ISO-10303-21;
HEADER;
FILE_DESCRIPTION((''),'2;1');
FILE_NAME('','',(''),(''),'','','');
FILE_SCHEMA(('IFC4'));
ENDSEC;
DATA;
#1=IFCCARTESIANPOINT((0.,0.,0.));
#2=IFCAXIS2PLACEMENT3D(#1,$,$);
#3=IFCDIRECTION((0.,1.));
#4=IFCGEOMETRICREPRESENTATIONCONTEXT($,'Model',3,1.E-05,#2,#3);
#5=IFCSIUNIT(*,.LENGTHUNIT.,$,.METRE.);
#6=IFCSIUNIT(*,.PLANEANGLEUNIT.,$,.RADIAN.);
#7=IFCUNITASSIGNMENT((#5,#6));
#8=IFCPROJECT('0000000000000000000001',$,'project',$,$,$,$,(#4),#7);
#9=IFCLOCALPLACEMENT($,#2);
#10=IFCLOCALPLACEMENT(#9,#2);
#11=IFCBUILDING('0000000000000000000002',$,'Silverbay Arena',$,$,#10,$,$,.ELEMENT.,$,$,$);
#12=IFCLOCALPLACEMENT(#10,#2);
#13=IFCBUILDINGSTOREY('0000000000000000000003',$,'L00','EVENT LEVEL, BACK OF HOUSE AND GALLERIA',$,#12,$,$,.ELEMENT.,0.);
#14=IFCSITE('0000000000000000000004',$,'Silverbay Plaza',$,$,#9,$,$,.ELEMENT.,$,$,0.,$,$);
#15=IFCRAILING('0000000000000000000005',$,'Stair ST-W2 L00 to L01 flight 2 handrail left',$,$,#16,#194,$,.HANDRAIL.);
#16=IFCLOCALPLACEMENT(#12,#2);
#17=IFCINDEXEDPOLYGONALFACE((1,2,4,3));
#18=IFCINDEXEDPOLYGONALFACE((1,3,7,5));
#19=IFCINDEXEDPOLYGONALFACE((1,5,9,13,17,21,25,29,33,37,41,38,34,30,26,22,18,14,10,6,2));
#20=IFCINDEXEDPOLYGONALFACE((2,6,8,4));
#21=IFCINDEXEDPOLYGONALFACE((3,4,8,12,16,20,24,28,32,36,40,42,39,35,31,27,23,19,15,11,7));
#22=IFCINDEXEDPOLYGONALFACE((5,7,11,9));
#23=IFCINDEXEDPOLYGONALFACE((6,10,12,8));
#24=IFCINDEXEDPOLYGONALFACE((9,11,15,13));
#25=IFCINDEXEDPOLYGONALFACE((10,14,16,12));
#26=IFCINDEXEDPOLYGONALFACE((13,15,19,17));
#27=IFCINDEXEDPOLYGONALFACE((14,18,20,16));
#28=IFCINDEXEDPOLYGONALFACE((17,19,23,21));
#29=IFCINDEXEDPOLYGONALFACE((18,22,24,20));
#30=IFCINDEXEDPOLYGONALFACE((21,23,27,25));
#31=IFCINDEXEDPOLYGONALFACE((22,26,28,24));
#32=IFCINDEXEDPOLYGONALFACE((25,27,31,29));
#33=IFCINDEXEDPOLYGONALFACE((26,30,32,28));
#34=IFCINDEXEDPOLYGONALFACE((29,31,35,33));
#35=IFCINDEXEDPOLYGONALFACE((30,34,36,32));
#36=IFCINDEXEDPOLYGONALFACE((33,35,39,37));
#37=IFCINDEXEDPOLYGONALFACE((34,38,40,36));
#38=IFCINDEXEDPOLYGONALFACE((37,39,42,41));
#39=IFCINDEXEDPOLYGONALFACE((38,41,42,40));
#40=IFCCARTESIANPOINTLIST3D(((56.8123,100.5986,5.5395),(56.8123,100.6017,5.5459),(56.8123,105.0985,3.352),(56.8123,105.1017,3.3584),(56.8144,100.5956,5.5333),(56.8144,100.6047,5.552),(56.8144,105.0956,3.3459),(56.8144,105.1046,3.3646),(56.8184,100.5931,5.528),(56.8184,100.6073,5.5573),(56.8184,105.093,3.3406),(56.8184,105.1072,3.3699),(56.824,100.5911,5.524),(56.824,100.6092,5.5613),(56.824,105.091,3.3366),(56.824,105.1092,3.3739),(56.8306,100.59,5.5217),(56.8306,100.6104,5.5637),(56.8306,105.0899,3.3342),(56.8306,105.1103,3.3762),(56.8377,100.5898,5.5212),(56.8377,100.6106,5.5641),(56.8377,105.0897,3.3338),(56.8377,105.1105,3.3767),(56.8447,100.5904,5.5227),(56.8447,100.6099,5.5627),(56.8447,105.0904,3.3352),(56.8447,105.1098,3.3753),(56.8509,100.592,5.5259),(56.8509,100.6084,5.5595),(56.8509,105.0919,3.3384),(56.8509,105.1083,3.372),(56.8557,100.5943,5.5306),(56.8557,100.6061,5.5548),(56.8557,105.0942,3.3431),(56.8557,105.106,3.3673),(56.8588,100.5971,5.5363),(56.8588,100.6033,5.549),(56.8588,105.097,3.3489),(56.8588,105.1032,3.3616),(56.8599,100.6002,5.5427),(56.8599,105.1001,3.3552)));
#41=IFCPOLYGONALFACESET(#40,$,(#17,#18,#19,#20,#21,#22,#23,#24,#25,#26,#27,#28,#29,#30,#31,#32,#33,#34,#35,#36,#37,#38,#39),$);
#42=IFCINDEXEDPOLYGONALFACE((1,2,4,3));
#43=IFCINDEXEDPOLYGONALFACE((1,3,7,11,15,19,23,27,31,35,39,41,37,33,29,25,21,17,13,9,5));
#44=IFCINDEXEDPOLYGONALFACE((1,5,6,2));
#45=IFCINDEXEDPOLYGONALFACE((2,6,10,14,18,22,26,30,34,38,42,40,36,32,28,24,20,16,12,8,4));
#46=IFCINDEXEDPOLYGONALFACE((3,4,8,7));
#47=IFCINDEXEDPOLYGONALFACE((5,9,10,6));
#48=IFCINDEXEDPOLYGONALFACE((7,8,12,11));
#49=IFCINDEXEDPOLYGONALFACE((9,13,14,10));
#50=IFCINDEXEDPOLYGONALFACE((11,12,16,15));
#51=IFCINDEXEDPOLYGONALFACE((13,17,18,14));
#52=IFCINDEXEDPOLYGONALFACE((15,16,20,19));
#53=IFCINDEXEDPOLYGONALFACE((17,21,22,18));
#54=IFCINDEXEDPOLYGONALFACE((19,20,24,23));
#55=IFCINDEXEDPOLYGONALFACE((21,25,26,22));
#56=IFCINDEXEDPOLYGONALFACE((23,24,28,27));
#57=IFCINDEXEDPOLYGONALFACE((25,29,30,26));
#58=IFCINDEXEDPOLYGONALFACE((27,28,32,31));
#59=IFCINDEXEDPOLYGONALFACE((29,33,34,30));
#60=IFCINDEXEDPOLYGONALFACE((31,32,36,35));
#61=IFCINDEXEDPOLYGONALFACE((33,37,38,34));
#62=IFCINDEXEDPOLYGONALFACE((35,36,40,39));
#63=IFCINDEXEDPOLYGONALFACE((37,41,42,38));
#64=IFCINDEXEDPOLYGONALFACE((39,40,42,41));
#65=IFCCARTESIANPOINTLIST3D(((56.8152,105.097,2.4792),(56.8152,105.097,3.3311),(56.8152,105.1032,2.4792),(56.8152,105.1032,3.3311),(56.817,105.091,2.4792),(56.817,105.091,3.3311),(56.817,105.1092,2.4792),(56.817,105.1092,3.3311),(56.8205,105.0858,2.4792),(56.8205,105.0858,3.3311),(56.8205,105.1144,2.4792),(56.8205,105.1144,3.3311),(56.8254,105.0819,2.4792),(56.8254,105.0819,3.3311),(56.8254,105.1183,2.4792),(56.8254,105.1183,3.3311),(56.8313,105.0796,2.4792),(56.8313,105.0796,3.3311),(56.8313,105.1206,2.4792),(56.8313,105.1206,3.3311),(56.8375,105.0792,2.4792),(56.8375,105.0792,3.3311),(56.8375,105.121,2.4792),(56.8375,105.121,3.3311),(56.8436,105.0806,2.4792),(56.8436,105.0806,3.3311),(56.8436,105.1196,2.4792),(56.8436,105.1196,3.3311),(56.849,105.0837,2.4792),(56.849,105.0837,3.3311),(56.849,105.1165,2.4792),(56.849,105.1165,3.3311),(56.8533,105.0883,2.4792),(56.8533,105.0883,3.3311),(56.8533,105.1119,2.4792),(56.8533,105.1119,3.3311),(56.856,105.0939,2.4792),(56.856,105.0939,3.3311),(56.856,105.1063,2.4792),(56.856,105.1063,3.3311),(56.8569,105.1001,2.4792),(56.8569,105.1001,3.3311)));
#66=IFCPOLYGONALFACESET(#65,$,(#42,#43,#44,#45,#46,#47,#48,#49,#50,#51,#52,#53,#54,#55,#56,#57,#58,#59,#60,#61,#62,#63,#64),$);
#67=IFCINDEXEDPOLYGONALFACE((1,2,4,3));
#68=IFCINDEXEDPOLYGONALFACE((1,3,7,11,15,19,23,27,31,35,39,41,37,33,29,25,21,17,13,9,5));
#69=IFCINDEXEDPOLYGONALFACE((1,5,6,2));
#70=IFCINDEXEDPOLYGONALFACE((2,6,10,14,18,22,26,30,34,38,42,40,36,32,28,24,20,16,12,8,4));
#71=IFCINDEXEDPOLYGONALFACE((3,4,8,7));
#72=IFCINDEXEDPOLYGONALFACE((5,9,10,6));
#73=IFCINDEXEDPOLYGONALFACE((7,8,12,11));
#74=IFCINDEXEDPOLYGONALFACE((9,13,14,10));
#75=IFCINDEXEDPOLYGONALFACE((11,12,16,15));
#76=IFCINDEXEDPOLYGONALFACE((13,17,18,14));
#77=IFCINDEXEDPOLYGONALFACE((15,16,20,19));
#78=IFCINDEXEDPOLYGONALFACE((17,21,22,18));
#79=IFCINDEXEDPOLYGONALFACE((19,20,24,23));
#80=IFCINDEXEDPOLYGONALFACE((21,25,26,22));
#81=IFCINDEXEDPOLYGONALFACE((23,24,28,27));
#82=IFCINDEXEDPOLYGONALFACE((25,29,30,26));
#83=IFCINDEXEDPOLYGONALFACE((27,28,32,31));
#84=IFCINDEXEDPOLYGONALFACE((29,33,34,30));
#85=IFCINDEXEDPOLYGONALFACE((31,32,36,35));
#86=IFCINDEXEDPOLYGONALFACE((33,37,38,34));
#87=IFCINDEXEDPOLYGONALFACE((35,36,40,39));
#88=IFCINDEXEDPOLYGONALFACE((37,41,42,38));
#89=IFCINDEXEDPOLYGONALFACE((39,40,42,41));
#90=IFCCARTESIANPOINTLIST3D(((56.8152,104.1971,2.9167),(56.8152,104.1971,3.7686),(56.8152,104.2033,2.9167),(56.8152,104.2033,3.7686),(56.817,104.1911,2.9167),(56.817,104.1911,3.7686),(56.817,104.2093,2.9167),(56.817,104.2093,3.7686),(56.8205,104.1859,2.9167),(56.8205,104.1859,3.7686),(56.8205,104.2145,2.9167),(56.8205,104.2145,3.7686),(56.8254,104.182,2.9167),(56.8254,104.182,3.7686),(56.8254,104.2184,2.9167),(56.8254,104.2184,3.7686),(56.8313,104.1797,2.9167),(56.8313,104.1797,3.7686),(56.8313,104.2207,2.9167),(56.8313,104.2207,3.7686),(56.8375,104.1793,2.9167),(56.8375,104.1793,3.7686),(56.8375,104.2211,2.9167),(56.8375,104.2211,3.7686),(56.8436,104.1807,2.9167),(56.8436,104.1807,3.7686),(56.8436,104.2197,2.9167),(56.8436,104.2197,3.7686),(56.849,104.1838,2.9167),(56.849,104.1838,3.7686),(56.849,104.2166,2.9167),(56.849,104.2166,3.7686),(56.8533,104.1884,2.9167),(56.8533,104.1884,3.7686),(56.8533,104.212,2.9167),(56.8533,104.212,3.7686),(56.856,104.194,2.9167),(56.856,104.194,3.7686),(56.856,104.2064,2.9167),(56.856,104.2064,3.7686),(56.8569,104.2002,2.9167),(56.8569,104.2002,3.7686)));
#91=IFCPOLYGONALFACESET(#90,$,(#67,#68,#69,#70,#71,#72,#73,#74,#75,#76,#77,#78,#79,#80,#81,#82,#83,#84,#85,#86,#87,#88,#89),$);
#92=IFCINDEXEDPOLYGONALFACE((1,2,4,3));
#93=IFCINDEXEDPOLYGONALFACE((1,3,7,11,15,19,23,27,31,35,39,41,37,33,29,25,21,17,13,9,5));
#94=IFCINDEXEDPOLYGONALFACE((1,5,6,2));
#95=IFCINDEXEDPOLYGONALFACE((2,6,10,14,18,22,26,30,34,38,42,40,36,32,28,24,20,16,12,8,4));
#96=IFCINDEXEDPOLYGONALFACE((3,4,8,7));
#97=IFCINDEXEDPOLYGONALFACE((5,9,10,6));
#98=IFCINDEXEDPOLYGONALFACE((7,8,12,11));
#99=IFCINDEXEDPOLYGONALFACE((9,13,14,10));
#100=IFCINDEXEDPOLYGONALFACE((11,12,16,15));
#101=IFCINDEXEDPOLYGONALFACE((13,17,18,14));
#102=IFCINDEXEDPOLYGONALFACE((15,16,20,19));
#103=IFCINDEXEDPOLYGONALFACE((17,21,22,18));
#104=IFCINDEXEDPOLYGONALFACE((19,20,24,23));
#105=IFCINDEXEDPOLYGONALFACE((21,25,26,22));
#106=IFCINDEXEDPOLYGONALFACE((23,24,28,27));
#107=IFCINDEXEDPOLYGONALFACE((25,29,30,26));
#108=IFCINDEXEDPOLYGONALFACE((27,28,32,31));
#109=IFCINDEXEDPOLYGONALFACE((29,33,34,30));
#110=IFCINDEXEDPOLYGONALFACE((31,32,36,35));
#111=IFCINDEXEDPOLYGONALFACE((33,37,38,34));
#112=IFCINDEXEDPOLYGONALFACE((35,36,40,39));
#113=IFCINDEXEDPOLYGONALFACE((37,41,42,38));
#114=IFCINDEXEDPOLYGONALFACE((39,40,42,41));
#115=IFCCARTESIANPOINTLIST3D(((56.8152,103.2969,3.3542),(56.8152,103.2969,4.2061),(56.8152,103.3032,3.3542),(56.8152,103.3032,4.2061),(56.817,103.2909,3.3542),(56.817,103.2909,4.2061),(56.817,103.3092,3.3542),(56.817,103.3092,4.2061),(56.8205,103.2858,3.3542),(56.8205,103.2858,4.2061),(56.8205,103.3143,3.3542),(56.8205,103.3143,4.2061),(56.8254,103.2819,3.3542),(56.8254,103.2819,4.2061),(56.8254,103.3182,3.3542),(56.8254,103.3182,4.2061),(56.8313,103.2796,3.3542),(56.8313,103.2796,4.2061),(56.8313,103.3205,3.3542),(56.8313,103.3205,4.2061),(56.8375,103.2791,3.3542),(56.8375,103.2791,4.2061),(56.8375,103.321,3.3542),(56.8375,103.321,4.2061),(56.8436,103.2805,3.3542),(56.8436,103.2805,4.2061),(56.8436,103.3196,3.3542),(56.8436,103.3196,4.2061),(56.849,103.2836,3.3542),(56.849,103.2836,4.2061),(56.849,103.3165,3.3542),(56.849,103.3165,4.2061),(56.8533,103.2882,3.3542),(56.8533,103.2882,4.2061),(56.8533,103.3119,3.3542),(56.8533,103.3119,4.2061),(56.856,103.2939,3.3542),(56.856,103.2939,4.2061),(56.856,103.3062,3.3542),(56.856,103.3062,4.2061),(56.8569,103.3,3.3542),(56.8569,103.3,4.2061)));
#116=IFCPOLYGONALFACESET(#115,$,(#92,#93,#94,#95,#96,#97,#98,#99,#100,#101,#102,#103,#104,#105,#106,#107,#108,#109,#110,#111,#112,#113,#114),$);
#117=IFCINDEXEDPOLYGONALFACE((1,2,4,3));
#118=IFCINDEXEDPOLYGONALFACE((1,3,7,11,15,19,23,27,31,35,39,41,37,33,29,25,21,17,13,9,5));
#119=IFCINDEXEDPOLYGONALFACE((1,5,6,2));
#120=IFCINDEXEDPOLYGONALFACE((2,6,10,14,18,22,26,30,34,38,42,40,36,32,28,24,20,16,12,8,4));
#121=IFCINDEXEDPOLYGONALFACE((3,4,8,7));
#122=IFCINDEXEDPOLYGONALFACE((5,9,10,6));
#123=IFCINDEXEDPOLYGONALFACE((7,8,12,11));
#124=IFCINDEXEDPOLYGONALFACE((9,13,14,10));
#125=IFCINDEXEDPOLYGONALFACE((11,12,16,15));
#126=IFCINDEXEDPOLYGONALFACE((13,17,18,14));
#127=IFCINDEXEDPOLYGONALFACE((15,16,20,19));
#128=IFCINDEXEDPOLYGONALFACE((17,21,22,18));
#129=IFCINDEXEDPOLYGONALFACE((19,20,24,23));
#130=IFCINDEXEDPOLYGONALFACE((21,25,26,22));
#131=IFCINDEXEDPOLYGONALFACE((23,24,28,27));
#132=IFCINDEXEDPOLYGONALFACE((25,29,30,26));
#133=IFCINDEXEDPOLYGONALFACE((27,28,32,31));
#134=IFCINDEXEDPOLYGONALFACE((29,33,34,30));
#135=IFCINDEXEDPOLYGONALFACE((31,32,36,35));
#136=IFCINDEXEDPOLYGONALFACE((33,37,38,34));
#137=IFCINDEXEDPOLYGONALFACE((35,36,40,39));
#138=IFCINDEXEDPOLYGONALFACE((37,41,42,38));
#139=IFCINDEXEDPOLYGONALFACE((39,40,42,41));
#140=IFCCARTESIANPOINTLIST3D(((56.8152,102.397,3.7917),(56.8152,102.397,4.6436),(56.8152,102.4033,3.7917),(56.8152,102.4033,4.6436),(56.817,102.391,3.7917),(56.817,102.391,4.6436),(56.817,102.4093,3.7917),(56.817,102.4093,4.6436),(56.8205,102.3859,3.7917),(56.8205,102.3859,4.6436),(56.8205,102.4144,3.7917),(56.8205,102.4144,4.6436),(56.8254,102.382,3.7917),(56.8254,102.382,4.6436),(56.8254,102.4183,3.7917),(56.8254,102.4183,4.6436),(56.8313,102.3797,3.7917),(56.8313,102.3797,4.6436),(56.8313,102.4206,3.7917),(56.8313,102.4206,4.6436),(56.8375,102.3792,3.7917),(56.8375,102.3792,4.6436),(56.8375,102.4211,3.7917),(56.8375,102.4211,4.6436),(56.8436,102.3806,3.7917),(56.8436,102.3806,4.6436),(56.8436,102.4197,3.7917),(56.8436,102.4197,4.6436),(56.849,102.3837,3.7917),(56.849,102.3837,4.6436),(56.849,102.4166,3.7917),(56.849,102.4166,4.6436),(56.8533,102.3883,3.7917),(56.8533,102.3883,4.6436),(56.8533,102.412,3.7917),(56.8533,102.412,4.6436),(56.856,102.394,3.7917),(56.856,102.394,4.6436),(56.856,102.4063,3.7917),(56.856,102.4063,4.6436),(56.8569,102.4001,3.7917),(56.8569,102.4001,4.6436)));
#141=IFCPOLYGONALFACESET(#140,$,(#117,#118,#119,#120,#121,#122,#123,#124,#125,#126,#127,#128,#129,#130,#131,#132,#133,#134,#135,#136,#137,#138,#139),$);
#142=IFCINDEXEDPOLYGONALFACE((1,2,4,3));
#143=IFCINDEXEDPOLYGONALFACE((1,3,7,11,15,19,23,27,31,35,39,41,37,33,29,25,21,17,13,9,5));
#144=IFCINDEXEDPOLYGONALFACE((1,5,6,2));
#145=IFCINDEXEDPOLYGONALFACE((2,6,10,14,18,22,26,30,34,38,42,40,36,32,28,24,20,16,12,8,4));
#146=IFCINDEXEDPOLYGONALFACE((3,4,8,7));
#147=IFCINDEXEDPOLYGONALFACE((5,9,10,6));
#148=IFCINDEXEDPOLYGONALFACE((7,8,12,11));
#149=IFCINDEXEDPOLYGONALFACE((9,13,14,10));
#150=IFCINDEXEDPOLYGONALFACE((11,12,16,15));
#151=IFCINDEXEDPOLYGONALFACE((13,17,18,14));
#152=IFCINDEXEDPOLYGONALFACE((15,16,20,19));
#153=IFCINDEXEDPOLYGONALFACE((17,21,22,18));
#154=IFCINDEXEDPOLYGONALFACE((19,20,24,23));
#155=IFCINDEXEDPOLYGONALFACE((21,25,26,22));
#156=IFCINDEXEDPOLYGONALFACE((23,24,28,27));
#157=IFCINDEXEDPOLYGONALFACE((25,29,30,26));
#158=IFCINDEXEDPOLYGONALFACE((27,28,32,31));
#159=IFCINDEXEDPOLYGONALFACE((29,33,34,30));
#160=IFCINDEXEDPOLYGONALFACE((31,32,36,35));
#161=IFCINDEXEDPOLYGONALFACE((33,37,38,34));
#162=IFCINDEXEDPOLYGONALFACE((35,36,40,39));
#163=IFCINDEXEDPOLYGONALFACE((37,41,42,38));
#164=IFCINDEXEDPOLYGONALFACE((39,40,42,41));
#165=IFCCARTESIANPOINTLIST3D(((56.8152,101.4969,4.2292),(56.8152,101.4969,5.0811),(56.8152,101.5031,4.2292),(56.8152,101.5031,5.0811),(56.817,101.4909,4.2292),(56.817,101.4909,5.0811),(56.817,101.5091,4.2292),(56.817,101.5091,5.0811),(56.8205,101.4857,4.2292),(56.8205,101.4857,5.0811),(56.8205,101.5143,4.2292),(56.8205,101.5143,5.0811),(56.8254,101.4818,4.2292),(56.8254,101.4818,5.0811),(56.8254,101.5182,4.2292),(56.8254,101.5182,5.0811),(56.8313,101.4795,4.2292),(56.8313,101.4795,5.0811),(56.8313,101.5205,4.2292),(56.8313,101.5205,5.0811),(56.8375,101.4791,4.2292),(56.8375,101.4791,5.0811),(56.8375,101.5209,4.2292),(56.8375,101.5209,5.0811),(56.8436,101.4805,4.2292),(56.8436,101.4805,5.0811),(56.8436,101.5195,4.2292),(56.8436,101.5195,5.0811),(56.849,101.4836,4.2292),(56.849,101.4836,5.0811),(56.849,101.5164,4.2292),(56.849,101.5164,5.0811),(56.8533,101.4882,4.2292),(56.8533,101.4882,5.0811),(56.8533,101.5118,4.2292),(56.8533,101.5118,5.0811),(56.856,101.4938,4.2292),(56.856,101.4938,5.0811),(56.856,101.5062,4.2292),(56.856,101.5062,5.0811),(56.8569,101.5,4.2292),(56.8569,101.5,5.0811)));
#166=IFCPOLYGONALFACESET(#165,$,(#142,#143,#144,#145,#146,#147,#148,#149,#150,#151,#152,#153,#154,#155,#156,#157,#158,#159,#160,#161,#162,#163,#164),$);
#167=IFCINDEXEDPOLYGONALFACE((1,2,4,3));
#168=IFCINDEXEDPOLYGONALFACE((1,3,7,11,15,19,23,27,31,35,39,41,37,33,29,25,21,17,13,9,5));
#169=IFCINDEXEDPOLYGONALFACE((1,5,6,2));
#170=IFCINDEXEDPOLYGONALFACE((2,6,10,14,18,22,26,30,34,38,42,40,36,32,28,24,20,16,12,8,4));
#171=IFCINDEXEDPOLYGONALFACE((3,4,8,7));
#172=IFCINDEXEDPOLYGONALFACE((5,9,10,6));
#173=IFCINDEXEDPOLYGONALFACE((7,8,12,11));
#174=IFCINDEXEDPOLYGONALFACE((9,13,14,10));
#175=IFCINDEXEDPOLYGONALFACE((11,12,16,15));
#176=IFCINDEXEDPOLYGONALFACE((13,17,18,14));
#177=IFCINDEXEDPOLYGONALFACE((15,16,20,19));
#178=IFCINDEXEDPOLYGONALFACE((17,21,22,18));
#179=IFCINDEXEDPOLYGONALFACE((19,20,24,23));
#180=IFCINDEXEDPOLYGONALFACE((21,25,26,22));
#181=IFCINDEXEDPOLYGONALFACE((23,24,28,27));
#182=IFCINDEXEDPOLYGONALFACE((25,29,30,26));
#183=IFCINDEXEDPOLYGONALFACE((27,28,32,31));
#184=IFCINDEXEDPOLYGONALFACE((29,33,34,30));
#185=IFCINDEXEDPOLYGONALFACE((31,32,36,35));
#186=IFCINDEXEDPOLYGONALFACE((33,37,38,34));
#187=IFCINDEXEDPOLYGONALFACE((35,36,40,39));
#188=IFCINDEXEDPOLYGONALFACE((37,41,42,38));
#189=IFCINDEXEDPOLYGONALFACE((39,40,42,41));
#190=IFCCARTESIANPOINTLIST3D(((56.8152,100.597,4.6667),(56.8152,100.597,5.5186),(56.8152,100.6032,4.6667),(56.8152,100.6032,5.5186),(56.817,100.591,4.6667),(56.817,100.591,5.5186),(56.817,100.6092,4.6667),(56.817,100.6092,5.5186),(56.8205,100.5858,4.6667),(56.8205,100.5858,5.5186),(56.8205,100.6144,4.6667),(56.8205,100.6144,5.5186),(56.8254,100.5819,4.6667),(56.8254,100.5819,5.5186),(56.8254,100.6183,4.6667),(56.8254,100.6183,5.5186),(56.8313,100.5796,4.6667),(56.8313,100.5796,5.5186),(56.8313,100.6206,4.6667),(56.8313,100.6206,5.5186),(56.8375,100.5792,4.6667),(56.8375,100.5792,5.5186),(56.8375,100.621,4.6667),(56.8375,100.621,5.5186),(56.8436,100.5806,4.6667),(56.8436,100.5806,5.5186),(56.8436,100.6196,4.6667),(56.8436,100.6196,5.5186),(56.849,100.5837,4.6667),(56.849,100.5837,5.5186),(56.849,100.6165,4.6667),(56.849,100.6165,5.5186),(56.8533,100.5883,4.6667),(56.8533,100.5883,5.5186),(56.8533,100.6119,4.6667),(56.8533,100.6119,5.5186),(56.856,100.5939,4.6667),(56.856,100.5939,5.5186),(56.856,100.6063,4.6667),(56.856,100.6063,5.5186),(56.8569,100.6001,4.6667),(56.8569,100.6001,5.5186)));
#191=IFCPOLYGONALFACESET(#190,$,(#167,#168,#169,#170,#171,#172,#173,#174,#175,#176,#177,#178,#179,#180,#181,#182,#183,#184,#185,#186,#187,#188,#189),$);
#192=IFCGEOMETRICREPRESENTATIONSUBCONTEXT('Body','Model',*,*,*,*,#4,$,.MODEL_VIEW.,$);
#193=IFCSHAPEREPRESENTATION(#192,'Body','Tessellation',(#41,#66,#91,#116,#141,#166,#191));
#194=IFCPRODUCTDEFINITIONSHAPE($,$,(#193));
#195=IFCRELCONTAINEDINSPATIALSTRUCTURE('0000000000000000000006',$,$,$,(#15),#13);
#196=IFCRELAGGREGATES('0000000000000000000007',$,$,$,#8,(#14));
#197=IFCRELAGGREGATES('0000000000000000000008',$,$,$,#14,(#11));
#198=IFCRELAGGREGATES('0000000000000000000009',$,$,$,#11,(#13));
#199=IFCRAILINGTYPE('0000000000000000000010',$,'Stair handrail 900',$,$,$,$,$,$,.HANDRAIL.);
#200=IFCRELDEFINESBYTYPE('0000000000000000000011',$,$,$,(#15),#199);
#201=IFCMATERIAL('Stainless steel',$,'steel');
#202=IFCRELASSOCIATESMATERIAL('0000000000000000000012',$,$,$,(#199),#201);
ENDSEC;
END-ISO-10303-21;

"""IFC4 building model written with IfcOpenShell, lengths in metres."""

from ifc_helpers import new_model, si_unit, direction, frame, origin, origin_2d, place, context, subcontext, project, spatial, circle, extrude, material, type_object, element, save


model = new_model("IFC4")

# Units and contexts
model_context = context("Model", 3, precision=1e-05, world=origin(), true_north=direction((0.0, 1.0)))
body_context = subcontext(model_context, "Body", "Model", "MODEL_VIEW")
ifc_project = project(units=[si_unit("LENGTHUNIT", "METRE"), si_unit("PLANEANGLEUNIT", "RADIAN")], contexts=[model_context])

# Site, building, storey
site_placement = place(None, origin())
site = spatial("IfcSite", under=ifc_project, at=site_placement, Name="Silverbay Plaza", CompositionType="ELEMENT", RefElevation=0.0)
building_placement = place(site_placement, origin())
building = spatial("IfcBuilding", under=site, at=building_placement, Name="Silverbay Arena", CompositionType="ELEMENT")
storey_placement = place(building_placement, origin())
storey = spatial("IfcBuildingStorey", under=building, at=storey_placement, Name="L00", Description="EVENT LEVEL, BACK OF HOUSE AND GALLERIA", CompositionType="ELEMENT", Elevation=0.0)

# Railing
ifc_material_1 = material(Name="Stainless steel", Category="steel")
railing_type_1 = type_object("IfcRailingType", Name="Stair handrail 900", PredefinedType="HANDRAIL", material=ifc_material_1)
for number, where, name in (
    (1, (56.8359, 105.1001, 2.4792), "Stair ST-W2 L00 to L01 flight 2 handrail left"),
):
    element("IfcRailing", number, at=place(storey_placement, frame(where)), inside=storey, type_object=railing_type_1, Name=name, PredefinedType="HANDRAIL", context=body_context, shape_type="SweptSolid", body=[
        extrude(circle(Radius=0.0239, at=origin_2d()), frame((0.0, 0.0, 0.876), z_axis=(0.0, -0.899368, 0.437193), x_axis=(1.0, 0.0, 0.0)), (0.0, 0.0, 1.0), 5.0034),
        extrude(circle(Radius=0.021, at=origin_2d()), origin(), (0.0, 0.0, 1.0), 0.8518),
        extrude(circle(Radius=0.021, at=origin_2d()), frame((0.0, -0.8999, 0.4375)), (0.0, 0.0, 1.0), 0.8518),
        extrude(circle(Radius=0.021, at=origin_2d()), frame((0.0, -1.8, 0.875)), (0.0, 0.0, 1.0), 0.8518),
        extrude(circle(Radius=0.021, at=origin_2d()), frame((0.0, -2.7, 1.3125)), (0.0, 0.0, 1.0), 0.8518),
        extrude(circle(Radius=0.021, at=origin_2d()), frame((0.0, -3.6001, 1.75)), (0.0, 0.0, 1.0), 0.8518),
        extrude(circle(Radius=0.021, at=origin_2d()), frame((0.0, -4.5, 2.1875)), (0.0, 0.0, 1.0), 0.8518),
    ])

save(model, "model.ifc")
